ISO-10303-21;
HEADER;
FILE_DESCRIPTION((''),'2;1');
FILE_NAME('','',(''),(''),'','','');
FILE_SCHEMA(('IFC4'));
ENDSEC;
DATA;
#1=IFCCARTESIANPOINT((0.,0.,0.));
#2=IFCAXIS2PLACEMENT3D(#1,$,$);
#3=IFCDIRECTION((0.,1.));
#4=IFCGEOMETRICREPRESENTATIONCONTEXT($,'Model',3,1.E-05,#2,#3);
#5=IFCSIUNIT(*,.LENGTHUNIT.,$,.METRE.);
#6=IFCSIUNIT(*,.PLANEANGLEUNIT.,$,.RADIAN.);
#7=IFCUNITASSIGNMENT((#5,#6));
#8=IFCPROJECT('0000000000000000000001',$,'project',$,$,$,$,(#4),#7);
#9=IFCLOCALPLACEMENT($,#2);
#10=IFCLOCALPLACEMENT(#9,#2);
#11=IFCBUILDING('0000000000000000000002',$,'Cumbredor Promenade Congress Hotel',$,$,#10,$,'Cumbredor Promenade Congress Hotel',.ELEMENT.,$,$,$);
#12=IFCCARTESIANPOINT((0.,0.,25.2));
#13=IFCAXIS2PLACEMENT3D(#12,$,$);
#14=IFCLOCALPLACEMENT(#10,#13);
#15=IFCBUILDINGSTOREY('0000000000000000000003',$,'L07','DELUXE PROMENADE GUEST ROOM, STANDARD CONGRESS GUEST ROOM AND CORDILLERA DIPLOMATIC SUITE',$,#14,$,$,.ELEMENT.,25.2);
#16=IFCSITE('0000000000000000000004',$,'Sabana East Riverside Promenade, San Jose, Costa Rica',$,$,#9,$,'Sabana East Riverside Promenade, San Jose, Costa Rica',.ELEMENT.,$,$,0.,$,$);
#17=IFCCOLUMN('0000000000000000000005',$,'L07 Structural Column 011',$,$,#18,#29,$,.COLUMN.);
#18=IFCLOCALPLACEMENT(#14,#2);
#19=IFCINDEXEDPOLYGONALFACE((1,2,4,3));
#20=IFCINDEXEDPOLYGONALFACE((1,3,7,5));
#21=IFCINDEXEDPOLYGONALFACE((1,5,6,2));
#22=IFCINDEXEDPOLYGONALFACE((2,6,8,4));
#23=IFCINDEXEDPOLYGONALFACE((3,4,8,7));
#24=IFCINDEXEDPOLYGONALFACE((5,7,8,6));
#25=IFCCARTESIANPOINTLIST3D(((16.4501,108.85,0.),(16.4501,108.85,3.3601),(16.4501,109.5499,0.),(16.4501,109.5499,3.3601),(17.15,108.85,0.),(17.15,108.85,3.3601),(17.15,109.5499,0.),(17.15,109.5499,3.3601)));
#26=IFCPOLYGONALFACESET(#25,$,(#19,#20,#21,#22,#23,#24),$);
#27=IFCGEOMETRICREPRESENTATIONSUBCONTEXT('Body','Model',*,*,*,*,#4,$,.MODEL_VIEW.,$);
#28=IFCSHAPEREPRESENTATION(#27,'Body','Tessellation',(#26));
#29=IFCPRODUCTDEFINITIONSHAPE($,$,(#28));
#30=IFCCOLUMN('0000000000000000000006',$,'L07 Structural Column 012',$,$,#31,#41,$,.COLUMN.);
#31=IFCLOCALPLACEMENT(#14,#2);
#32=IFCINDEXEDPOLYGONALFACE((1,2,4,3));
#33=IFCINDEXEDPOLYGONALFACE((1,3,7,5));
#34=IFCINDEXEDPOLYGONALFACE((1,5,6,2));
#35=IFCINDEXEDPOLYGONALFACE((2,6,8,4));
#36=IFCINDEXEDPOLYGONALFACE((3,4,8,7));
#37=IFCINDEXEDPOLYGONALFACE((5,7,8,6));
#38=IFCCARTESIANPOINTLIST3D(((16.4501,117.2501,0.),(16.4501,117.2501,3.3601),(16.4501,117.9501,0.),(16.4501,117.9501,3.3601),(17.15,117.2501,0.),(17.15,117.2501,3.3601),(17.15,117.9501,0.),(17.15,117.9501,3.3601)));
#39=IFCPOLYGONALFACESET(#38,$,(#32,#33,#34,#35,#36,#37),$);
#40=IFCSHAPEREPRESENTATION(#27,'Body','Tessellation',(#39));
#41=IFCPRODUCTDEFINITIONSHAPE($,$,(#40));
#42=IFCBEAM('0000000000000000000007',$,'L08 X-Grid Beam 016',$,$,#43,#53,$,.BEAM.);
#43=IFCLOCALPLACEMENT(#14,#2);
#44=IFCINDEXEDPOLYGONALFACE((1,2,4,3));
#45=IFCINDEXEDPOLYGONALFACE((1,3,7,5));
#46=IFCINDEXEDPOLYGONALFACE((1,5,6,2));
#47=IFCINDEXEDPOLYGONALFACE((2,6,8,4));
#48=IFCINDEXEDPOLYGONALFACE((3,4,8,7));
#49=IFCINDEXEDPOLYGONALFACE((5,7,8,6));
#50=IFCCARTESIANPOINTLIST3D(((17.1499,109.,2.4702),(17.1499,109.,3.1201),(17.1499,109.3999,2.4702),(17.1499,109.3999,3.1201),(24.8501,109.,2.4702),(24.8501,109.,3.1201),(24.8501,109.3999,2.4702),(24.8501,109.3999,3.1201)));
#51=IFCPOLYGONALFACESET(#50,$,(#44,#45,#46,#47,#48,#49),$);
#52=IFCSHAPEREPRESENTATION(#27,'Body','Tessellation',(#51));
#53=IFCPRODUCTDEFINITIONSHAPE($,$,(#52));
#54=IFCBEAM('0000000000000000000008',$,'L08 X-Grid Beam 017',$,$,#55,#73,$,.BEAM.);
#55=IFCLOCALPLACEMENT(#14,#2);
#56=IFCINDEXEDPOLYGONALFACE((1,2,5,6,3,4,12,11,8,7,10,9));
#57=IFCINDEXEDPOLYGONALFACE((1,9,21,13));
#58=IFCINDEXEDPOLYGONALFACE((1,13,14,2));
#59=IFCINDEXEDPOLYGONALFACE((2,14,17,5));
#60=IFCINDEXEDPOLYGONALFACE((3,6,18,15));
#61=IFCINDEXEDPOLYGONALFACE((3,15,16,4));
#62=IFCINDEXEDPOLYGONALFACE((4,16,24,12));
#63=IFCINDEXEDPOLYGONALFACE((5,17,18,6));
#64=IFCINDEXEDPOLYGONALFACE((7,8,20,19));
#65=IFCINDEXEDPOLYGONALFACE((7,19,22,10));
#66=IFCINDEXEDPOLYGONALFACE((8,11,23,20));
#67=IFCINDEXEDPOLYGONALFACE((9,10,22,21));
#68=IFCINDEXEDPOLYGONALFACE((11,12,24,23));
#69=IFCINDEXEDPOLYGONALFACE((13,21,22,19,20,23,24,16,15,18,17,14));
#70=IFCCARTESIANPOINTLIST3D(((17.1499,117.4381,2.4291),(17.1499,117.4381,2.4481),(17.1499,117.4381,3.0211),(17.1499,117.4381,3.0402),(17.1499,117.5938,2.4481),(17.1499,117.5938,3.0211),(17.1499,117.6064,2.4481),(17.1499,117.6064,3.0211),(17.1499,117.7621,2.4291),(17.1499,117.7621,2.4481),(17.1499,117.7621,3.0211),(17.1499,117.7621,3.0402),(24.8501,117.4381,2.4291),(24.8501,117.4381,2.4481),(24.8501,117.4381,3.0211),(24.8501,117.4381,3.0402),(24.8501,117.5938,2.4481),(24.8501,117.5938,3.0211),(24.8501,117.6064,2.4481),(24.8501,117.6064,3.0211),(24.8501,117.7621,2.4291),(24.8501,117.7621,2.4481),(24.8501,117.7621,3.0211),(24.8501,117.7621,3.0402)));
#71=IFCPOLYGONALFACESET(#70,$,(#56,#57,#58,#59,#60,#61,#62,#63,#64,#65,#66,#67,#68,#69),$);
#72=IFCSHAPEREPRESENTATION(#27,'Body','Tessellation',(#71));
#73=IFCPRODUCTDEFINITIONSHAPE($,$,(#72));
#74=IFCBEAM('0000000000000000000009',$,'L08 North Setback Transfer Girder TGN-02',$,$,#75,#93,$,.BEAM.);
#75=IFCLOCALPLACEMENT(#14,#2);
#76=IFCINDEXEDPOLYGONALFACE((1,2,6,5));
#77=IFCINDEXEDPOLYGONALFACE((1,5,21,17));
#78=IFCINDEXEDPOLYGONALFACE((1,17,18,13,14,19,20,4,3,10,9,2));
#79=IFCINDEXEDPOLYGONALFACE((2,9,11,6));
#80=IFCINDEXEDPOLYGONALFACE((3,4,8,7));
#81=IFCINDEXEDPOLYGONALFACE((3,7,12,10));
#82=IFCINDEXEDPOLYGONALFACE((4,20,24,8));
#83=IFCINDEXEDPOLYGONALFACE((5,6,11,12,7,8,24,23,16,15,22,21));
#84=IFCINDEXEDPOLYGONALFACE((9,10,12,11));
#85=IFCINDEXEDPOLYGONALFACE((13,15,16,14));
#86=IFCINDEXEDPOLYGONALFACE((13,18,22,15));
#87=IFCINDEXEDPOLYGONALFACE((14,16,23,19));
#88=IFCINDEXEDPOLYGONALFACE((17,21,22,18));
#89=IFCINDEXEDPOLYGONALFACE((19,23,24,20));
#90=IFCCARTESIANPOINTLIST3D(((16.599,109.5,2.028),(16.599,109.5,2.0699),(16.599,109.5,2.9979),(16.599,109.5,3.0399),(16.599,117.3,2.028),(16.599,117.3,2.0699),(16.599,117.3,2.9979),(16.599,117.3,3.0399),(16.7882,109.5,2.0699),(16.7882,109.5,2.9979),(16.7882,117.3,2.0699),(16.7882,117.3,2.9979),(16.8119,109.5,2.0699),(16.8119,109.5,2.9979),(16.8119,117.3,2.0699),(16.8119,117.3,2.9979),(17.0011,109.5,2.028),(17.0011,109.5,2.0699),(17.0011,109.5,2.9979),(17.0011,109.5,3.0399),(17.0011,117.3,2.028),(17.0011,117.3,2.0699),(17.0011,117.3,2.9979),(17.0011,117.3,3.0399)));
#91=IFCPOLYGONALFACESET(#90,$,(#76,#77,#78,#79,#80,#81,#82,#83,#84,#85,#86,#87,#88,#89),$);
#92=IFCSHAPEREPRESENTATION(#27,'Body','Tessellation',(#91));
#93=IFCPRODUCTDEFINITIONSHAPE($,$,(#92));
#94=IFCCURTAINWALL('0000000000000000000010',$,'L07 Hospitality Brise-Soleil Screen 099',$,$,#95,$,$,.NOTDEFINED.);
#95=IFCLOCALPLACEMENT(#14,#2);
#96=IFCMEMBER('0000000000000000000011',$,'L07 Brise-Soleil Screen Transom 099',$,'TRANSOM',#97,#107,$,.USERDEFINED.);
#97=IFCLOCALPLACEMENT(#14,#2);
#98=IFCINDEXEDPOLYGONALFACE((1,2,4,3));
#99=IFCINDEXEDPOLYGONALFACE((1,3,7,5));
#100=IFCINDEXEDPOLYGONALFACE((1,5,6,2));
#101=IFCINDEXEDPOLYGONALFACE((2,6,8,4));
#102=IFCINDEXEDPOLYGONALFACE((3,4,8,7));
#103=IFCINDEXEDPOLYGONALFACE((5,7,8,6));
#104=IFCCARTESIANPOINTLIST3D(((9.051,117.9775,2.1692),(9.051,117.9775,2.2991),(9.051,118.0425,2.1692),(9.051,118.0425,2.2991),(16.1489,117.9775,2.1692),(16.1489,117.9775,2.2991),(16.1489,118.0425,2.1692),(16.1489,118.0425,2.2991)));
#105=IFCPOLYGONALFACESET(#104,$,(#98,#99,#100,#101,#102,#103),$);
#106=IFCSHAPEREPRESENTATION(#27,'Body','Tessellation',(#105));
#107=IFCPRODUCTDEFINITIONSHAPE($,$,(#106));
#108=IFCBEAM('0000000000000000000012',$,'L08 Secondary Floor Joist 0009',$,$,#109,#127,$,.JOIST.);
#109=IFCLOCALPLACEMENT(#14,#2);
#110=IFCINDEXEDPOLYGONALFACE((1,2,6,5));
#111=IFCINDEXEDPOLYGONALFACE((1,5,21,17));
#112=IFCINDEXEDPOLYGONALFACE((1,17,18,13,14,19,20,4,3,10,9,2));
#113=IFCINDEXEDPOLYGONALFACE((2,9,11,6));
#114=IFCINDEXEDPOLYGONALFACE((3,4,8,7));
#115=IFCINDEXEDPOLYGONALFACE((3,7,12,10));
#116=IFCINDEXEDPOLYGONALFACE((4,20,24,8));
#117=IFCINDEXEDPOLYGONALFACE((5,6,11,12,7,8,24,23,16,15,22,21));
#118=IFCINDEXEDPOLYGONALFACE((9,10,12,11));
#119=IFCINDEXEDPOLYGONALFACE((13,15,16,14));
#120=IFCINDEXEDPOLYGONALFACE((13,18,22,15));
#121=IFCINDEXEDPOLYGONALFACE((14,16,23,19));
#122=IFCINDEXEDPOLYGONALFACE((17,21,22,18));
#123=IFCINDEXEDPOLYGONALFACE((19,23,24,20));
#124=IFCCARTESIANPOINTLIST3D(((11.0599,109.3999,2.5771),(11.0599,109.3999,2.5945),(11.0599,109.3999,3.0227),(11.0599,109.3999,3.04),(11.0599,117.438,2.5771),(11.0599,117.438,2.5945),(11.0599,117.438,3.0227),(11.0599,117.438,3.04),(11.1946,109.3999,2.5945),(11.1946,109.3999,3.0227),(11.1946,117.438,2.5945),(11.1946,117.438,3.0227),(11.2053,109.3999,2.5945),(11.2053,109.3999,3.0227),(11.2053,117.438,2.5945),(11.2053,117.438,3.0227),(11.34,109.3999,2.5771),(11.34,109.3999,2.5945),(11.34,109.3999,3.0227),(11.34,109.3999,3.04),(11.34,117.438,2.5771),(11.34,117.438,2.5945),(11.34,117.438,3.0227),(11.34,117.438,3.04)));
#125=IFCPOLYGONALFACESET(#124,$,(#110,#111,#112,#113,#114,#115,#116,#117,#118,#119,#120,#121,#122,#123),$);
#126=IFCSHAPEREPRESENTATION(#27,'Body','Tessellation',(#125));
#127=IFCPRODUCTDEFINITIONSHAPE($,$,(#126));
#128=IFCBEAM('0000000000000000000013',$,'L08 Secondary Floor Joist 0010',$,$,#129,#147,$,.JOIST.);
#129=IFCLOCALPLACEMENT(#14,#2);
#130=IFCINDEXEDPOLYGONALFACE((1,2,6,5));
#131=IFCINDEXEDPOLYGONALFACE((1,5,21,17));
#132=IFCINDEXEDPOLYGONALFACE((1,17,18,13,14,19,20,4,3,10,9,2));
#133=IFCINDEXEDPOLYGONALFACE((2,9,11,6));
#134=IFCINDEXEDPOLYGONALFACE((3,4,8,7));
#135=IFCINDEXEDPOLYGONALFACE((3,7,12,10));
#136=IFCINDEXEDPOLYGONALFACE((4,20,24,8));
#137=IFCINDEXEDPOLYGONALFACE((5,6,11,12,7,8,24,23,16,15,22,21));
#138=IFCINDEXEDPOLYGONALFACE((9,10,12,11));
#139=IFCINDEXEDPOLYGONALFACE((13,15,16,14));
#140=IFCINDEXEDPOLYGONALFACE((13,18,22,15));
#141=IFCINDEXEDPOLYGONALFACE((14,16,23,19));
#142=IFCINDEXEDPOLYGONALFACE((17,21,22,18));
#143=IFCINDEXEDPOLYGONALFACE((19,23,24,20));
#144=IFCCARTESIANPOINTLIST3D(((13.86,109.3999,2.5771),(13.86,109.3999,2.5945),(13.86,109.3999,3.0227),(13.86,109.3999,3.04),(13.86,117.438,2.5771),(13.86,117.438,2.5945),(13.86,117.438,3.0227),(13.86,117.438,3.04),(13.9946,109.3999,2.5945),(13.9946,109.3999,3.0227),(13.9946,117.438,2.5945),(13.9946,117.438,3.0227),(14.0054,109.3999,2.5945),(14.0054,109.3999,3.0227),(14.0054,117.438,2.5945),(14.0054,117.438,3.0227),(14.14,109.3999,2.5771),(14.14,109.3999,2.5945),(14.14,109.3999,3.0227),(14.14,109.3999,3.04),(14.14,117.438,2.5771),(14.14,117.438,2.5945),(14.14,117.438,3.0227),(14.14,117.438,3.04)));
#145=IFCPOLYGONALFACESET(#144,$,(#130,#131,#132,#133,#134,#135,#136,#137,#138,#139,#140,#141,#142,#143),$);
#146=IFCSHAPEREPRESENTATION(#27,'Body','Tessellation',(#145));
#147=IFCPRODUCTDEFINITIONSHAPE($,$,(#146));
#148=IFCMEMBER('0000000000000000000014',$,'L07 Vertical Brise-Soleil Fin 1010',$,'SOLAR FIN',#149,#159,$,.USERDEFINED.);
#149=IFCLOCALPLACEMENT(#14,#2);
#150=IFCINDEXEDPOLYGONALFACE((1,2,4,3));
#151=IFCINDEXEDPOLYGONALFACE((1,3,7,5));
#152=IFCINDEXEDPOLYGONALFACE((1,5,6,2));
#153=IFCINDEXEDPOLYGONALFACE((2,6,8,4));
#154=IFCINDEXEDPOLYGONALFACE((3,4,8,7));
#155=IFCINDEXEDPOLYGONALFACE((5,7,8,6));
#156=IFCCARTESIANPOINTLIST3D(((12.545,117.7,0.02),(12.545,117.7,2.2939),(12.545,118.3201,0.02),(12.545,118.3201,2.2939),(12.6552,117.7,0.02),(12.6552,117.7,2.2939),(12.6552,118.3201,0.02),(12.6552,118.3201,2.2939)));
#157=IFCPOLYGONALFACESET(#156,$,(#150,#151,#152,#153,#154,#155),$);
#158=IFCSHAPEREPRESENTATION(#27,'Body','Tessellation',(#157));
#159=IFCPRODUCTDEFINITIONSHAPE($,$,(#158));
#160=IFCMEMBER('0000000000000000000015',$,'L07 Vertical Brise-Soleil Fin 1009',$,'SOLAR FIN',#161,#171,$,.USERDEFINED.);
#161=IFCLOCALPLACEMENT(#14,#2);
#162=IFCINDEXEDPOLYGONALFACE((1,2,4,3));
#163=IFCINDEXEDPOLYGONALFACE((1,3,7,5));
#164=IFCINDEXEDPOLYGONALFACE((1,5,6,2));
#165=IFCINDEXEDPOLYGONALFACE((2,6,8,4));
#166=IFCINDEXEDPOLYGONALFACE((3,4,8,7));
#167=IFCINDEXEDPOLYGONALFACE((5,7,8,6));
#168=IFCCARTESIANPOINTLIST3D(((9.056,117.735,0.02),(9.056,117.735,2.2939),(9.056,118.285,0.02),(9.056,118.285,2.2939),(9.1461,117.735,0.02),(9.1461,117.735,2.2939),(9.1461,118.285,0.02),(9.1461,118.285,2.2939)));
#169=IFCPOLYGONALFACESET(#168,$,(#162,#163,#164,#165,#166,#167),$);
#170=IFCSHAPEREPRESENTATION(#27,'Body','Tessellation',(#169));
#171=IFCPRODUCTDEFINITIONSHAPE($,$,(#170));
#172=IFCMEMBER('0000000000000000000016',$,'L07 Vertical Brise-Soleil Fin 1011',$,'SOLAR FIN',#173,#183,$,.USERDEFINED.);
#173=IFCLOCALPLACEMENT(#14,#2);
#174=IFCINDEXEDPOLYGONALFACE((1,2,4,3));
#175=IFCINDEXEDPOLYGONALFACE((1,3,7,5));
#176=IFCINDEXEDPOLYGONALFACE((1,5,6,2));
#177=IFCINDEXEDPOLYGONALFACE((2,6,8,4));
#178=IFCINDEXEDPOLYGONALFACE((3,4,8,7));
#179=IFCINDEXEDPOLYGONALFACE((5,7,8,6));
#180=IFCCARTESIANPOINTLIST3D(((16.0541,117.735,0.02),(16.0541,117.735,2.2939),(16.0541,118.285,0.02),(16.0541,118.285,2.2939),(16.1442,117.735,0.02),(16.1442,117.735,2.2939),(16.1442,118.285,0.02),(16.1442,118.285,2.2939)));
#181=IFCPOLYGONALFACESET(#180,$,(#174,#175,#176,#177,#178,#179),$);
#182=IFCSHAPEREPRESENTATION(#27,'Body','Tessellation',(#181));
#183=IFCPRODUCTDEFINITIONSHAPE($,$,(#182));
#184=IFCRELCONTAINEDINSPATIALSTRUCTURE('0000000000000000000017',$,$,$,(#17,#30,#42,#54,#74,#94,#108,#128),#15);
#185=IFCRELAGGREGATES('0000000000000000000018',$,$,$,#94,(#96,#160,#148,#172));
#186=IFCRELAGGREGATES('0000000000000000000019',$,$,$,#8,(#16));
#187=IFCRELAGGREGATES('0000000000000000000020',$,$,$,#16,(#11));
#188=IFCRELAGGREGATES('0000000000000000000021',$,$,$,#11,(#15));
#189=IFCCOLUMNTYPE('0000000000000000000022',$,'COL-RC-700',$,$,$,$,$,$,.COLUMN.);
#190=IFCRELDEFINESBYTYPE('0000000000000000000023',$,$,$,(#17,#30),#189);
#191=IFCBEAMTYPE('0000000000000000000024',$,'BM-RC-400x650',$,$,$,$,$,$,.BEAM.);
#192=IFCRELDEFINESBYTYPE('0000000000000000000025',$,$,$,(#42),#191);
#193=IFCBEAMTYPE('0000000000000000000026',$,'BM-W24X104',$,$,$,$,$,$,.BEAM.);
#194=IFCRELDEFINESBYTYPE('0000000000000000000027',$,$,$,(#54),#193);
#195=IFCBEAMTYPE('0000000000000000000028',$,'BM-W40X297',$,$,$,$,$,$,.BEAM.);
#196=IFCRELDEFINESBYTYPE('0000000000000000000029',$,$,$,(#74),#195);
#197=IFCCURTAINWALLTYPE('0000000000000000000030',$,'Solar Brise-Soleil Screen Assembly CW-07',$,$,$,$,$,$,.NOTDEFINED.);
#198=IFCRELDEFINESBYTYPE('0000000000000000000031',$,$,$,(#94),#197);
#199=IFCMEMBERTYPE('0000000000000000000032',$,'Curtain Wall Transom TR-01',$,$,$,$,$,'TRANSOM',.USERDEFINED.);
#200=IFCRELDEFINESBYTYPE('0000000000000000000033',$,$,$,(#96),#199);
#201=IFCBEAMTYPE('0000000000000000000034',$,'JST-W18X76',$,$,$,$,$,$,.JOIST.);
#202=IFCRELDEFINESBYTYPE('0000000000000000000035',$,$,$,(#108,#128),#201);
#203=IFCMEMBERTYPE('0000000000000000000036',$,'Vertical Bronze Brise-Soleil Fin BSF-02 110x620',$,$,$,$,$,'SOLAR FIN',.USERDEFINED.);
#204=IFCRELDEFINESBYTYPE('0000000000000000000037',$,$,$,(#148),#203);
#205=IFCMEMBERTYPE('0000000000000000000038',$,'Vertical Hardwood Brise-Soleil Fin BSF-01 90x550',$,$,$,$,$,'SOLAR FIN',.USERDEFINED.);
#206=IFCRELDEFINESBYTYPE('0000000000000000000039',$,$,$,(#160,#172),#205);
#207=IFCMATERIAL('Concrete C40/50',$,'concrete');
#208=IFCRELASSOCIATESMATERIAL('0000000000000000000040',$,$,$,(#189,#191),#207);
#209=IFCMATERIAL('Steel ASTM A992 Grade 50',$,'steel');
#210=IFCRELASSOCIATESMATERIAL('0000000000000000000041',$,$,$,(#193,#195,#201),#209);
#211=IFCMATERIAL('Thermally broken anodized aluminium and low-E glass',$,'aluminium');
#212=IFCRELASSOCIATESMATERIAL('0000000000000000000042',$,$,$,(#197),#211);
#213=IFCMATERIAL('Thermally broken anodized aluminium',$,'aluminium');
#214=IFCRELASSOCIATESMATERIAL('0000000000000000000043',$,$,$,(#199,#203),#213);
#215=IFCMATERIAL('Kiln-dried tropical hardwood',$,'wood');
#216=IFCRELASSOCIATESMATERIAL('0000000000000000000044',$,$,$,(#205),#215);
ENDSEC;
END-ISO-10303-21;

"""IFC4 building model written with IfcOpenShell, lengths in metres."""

from ifc_helpers import new_model, si_unit, direction, frame, origin, origin_2d, place, context, subcontext, project, spatial, rectangle, i_section, extrude, material, material_profile, profile_set, type_object, element, aggregate, save


model = new_model("IFC4")

# Units and contexts
model_context = context("Model", 3, precision=1e-05, world=origin(), true_north=direction((0.0, 1.0)))
body_context = subcontext(model_context, "Body", "Model", "MODEL_VIEW")
ifc_project = project(units=[si_unit("LENGTHUNIT", "METRE"), si_unit("PLANEANGLEUNIT", "RADIAN")], contexts=[model_context])

# Site, building, storey
site_placement = place(None, origin())
site = spatial("IfcSite", under=ifc_project, at=site_placement, Name="Sabana East Riverside Promenade, San Jose, Costa Rica", LongName="Sabana East Riverside Promenade, San Jose, Costa Rica", CompositionType="ELEMENT", RefElevation=0.0)
building_placement = place(site_placement, origin())
building = spatial("IfcBuilding", under=site, at=building_placement, Name="Cumbredor Promenade Congress Hotel", LongName="Cumbredor Promenade Congress Hotel", CompositionType="ELEMENT")
storey_placement = place(building_placement, frame((0.0, 0.0, 25.2)))
storey = spatial("IfcBuildingStorey", under=building, at=storey_placement, Name="L07", Description="DELUXE PROMENADE GUEST ROOM, STANDARD CONGRESS GUEST ROOM AND CORDILLERA DIPLOMATIC SUITE", CompositionType="ELEMENT", Elevation=25.2)

# Columns
ifc_material_1 = material(Name="Concrete C40/50", Category="concrete")
ifc_material_profile_1 = material_profile(ifc_material_1, rectangle(XDim=0.7, YDim=0.7, at=origin_2d()), Name="RC 700x700")
ifc_profile_set_1 = profile_set([ifc_material_profile_1], Name="Concrete C40/50")
column_type = type_object("IfcColumnType", Name="COL-RC-700", PredefinedType="COLUMN", material=ifc_profile_set_1)
for number, where, z_axis, x_axis, name in (
    (1, (16.8, 109.2, 0.0), (0.0, 0.0, 1.0), (1.0, 0.0, 0.0), "L07 Structural Column 011"),
    (2, (16.8, 117.6001, 0.0), (0.0, 0.0, 1.0), (1.0, 0.0, 0.0), "L07 Structural Column 012"),
):
    element("IfcColumn", number, at=place(storey_placement, frame(where, z_axis=z_axis, x_axis=x_axis)), inside=storey, type_object=column_type, Name=name, PredefinedType="COLUMN", context=body_context, shape_type="SweptSolid", body=[
        extrude(rectangle(XDim=0.7, YDim=0.7, at=origin_2d()), origin(), (0.0, 0.0, 1.0), 3.3601),
    ])

# Beams
ifc_material_profile_2 = material_profile(ifc_material_1, rectangle(XDim=0.3999, YDim=0.6499, at=origin_2d()), Name="RC BEAM 400x650")
ifc_profile_set_2 = profile_set([ifc_material_profile_2], Name="Concrete C40/50")
beam_type_1 = type_object("IfcBeamType", Name="BM-RC-400x650", PredefinedType="BEAM", material=ifc_profile_set_2)
beam_1_placement = place(storey_placement, frame((17.1499, 109.2, 2.7952), z_axis=(1.0, 0.0, 0.0), x_axis=(0.0, 1.0, 0.0)))
element("IfcBeam", 3, at=beam_1_placement, inside=storey, type_object=beam_type_1, Name="L08 X-Grid Beam 016", PredefinedType="BEAM", context=body_context, shape_type="SweptSolid", body=[
    extrude(rectangle(XDim=0.3999, YDim=0.6499, at=origin_2d()), origin(), (0.0, 0.0, 1.0), 7.7002),
])
ifc_material_2 = material(Name="Steel ASTM A992 Grade 50", Category="steel")
ifc_material_profile_3 = material_profile(ifc_material_2, i_section(OverallWidth=0.324, OverallDepth=0.6111, WebThickness=0.0127, FlangeThickness=0.019, at=origin_2d()), Name="W24X104")
ifc_profile_set_3 = profile_set([ifc_material_profile_3], Name="Steel ASTM A992 Grade 50")
beam_type_2 = type_object("IfcBeamType", Name="BM-W24X104", PredefinedType="BEAM", material=ifc_profile_set_3)
beam_2_placement = place(storey_placement, frame((17.1499, 117.6001, 2.7346), z_axis=(1.0, 0.0, 0.0), x_axis=(0.0, 1.0, 0.0)))
element("IfcBeam", 4, at=beam_2_placement, inside=storey, type_object=beam_type_2, Name="L08 X-Grid Beam 017", PredefinedType="BEAM", context=body_context, shape_type="SweptSolid", body=[
    extrude(i_section(OverallWidth=0.324, OverallDepth=0.6111, WebThickness=0.0127, FlangeThickness=0.019, at=origin_2d()), origin(), (0.0, 0.0, 1.0), 7.7002),
])
ifc_material_profile_4 = material_profile(ifc_material_2, i_section(OverallWidth=0.4021, OverallDepth=1.012, WebThickness=0.0237, FlangeThickness=0.042, at=origin_2d()), Name="W40X297")
ifc_profile_set_4 = profile_set([ifc_material_profile_4], Name="Steel ASTM A992 Grade 50")
beam_type_3 = type_object("IfcBeamType", Name="BM-W40X297", PredefinedType="BEAM", material=ifc_profile_set_4)
beam_3_placement = place(storey_placement, frame((16.8, 109.5, 2.5339), z_axis=(0.0, 1.0, 0.0), x_axis=(-1.0, 0.0, 0.0)))
element("IfcBeam", 5, at=beam_3_placement, inside=storey, type_object=beam_type_3, Name="L08 North Setback Transfer Girder TGN-02", PredefinedType="BEAM", context=body_context, shape_type="SweptSolid", body=[
    extrude(i_section(OverallWidth=0.4021, OverallDepth=1.012, WebThickness=0.0237, FlangeThickness=0.042, at=origin_2d()), origin(), (0.0, 0.0, 1.0), 7.8),
])

# Curtain wall, member
ifc_material_3 = material(Name="Thermally broken anodized aluminium and low-E glass", Category="aluminium")
curtain_wall_type = type_object("IfcCurtainWallType", Name="Solar Brise-Soleil Screen Assembly CW-07", PredefinedType="NOTDEFINED", material=ifc_material_3)
curtain_wall_placement = place(storey_placement, origin())
curtain_wall = element("IfcCurtainWall", 6, at=curtain_wall_placement, inside=storey, type_object=curtain_wall_type, Name="L07 Hospitality Brise-Soleil Screen 099", PredefinedType="NOTDEFINED")
ifc_material_4 = material(Name="Thermally broken anodized aluminium", Category="aluminium")
ifc_material_profile_5 = material_profile(ifc_material_4, rectangle(XDim=0.0649, YDim=0.1299, at=origin_2d()), Name="ALU TRANSOM 65x130")
ifc_profile_set_5 = profile_set([ifc_material_profile_5], Name="Thermally broken anodized aluminium")
member_type_1 = type_object("IfcMemberType", Name="Curtain Wall Transom TR-01", ElementType="TRANSOM", PredefinedType="USERDEFINED", material=ifc_profile_set_5)
member_1_placement = place(storey_placement, frame((9.051, 118.01, 2.2341), z_axis=(1.0, 0.0, 0.0), x_axis=(0.0, 1.0, 0.0)))
member_1 = element("IfcMember", 7, at=member_1_placement, type_object=member_type_1, Name="L07 Brise-Soleil Screen Transom 099", ObjectType="TRANSOM", PredefinedType="USERDEFINED", context=body_context, shape_type="SweptSolid", body=[
    extrude(rectangle(XDim=0.0649, YDim=0.1299, at=origin_2d()), origin(), (0.0, 0.0, 1.0), 7.0979),
])

# Beams
ifc_material_profile_6 = material_profile(ifc_material_2, i_section(OverallWidth=0.28, OverallDepth=0.4629, WebThickness=0.0107, FlangeThickness=0.0173, at=origin_2d()), Name="W18X76")
ifc_profile_set_6 = profile_set([ifc_material_profile_6], Name="Steel ASTM A992 Grade 50")
beam_type_4 = type_object("IfcBeamType", Name="JST-W18X76", PredefinedType="JOIST", material=ifc_profile_set_6)
for number, where, z_axis, x_axis, name in (
    (8, (11.2, 109.3999, 2.8086), (0.0, 1.0, 0.0), (-1.0, 0.0, 0.0), "L08 Secondary Floor Joist 0009"),
    (9, (14.0, 109.3999, 2.8086), (0.0, 1.0, 0.0), (-1.0, 0.0, 0.0), "L08 Secondary Floor Joist 0010"),
):
    element("IfcBeam", number, at=place(storey_placement, frame(where, z_axis=z_axis, x_axis=x_axis)), inside=storey, type_object=beam_type_4, Name=name, PredefinedType="JOIST", context=body_context, shape_type="SweptSolid", body=[
        extrude(i_section(OverallWidth=0.28, OverallDepth=0.4629, WebThickness=0.0107, FlangeThickness=0.0173, at=origin_2d()), origin(), (0.0, 0.0, 1.0), 8.0381),
    ])

# Members
ifc_material_profile_7 = material_profile(ifc_material_4, rectangle(XDim=0.1101, YDim=0.6201, at=origin_2d()), Name="ARCH FIN 110x620")
ifc_profile_set_7 = profile_set([ifc_material_profile_7], Name="Thermally broken anodized aluminium")
member_type_2 = type_object("IfcMemberType", Name="Vertical Bronze Brise-Soleil Fin BSF-02 110x620", ElementType="SOLAR FIN", PredefinedType="USERDEFINED", material=ifc_profile_set_7)
member_2_placement = place(storey_placement, frame((12.6001, 118.01, 0.02), z_axis=(0.0, 0.0, 1.0), x_axis=(1.0, 0.0, 0.0)))
member_2 = element("IfcMember", 10, at=member_2_placement, type_object=member_type_2, Name="L07 Vertical Brise-Soleil Fin 1010", ObjectType="SOLAR FIN", PredefinedType="USERDEFINED", context=body_context, shape_type="SweptSolid", body=[
    extrude(rectangle(XDim=0.1101, YDim=0.6201, at=origin_2d()), origin(), (0.0, 0.0, 1.0), 2.2739),
])
ifc_material_5 = material(Name="Kiln-dried tropical hardwood", Category="wood")
ifc_material_profile_8 = material_profile(ifc_material_5, rectangle(XDim=0.0901, YDim=0.55, at=origin_2d()), Name="ARCH FIN 90x550")
ifc_profile_set_8 = profile_set([ifc_material_profile_8], Name="Kiln-dried tropical hardwood")
member_type_3 = type_object("IfcMemberType", Name="Vertical Hardwood Brise-Soleil Fin BSF-01 90x550", ElementType="SOLAR FIN", PredefinedType="USERDEFINED", material=ifc_profile_set_8)
member_3_placement = place(storey_placement, frame((9.1011, 118.01, 0.02), z_axis=(0.0, 0.0, 1.0), x_axis=(1.0, 0.0, 0.0)))
member_3 = element("IfcMember", 11, at=member_3_placement, type_object=member_type_3, Name="L07 Vertical Brise-Soleil Fin 1009", ObjectType="SOLAR FIN", PredefinedType="USERDEFINED", context=body_context, shape_type="SweptSolid", body=[
    extrude(rectangle(XDim=0.0901, YDim=0.55, at=origin_2d()), origin(), (0.0, 0.0, 1.0), 2.2739),
])
member_4_placement = place(storey_placement, frame((16.0991, 118.01, 0.02), z_axis=(0.0, 0.0, 1.0), x_axis=(1.0, 0.0, 0.0)))
member_4 = element("IfcMember", 12, at=member_4_placement, type_object=member_type_3, Name="L07 Vertical Brise-Soleil Fin 1011", ObjectType="SOLAR FIN", PredefinedType="USERDEFINED", context=body_context, shape_type="SweptSolid", body=[
    extrude(rectangle(XDim=0.0901, YDim=0.55, at=origin_2d()), origin(), (0.0, 0.0, 1.0), 2.2739),
])

aggregate(curtain_wall, [member_1, member_3, member_2, member_4])

save(model, "model.ifc")
